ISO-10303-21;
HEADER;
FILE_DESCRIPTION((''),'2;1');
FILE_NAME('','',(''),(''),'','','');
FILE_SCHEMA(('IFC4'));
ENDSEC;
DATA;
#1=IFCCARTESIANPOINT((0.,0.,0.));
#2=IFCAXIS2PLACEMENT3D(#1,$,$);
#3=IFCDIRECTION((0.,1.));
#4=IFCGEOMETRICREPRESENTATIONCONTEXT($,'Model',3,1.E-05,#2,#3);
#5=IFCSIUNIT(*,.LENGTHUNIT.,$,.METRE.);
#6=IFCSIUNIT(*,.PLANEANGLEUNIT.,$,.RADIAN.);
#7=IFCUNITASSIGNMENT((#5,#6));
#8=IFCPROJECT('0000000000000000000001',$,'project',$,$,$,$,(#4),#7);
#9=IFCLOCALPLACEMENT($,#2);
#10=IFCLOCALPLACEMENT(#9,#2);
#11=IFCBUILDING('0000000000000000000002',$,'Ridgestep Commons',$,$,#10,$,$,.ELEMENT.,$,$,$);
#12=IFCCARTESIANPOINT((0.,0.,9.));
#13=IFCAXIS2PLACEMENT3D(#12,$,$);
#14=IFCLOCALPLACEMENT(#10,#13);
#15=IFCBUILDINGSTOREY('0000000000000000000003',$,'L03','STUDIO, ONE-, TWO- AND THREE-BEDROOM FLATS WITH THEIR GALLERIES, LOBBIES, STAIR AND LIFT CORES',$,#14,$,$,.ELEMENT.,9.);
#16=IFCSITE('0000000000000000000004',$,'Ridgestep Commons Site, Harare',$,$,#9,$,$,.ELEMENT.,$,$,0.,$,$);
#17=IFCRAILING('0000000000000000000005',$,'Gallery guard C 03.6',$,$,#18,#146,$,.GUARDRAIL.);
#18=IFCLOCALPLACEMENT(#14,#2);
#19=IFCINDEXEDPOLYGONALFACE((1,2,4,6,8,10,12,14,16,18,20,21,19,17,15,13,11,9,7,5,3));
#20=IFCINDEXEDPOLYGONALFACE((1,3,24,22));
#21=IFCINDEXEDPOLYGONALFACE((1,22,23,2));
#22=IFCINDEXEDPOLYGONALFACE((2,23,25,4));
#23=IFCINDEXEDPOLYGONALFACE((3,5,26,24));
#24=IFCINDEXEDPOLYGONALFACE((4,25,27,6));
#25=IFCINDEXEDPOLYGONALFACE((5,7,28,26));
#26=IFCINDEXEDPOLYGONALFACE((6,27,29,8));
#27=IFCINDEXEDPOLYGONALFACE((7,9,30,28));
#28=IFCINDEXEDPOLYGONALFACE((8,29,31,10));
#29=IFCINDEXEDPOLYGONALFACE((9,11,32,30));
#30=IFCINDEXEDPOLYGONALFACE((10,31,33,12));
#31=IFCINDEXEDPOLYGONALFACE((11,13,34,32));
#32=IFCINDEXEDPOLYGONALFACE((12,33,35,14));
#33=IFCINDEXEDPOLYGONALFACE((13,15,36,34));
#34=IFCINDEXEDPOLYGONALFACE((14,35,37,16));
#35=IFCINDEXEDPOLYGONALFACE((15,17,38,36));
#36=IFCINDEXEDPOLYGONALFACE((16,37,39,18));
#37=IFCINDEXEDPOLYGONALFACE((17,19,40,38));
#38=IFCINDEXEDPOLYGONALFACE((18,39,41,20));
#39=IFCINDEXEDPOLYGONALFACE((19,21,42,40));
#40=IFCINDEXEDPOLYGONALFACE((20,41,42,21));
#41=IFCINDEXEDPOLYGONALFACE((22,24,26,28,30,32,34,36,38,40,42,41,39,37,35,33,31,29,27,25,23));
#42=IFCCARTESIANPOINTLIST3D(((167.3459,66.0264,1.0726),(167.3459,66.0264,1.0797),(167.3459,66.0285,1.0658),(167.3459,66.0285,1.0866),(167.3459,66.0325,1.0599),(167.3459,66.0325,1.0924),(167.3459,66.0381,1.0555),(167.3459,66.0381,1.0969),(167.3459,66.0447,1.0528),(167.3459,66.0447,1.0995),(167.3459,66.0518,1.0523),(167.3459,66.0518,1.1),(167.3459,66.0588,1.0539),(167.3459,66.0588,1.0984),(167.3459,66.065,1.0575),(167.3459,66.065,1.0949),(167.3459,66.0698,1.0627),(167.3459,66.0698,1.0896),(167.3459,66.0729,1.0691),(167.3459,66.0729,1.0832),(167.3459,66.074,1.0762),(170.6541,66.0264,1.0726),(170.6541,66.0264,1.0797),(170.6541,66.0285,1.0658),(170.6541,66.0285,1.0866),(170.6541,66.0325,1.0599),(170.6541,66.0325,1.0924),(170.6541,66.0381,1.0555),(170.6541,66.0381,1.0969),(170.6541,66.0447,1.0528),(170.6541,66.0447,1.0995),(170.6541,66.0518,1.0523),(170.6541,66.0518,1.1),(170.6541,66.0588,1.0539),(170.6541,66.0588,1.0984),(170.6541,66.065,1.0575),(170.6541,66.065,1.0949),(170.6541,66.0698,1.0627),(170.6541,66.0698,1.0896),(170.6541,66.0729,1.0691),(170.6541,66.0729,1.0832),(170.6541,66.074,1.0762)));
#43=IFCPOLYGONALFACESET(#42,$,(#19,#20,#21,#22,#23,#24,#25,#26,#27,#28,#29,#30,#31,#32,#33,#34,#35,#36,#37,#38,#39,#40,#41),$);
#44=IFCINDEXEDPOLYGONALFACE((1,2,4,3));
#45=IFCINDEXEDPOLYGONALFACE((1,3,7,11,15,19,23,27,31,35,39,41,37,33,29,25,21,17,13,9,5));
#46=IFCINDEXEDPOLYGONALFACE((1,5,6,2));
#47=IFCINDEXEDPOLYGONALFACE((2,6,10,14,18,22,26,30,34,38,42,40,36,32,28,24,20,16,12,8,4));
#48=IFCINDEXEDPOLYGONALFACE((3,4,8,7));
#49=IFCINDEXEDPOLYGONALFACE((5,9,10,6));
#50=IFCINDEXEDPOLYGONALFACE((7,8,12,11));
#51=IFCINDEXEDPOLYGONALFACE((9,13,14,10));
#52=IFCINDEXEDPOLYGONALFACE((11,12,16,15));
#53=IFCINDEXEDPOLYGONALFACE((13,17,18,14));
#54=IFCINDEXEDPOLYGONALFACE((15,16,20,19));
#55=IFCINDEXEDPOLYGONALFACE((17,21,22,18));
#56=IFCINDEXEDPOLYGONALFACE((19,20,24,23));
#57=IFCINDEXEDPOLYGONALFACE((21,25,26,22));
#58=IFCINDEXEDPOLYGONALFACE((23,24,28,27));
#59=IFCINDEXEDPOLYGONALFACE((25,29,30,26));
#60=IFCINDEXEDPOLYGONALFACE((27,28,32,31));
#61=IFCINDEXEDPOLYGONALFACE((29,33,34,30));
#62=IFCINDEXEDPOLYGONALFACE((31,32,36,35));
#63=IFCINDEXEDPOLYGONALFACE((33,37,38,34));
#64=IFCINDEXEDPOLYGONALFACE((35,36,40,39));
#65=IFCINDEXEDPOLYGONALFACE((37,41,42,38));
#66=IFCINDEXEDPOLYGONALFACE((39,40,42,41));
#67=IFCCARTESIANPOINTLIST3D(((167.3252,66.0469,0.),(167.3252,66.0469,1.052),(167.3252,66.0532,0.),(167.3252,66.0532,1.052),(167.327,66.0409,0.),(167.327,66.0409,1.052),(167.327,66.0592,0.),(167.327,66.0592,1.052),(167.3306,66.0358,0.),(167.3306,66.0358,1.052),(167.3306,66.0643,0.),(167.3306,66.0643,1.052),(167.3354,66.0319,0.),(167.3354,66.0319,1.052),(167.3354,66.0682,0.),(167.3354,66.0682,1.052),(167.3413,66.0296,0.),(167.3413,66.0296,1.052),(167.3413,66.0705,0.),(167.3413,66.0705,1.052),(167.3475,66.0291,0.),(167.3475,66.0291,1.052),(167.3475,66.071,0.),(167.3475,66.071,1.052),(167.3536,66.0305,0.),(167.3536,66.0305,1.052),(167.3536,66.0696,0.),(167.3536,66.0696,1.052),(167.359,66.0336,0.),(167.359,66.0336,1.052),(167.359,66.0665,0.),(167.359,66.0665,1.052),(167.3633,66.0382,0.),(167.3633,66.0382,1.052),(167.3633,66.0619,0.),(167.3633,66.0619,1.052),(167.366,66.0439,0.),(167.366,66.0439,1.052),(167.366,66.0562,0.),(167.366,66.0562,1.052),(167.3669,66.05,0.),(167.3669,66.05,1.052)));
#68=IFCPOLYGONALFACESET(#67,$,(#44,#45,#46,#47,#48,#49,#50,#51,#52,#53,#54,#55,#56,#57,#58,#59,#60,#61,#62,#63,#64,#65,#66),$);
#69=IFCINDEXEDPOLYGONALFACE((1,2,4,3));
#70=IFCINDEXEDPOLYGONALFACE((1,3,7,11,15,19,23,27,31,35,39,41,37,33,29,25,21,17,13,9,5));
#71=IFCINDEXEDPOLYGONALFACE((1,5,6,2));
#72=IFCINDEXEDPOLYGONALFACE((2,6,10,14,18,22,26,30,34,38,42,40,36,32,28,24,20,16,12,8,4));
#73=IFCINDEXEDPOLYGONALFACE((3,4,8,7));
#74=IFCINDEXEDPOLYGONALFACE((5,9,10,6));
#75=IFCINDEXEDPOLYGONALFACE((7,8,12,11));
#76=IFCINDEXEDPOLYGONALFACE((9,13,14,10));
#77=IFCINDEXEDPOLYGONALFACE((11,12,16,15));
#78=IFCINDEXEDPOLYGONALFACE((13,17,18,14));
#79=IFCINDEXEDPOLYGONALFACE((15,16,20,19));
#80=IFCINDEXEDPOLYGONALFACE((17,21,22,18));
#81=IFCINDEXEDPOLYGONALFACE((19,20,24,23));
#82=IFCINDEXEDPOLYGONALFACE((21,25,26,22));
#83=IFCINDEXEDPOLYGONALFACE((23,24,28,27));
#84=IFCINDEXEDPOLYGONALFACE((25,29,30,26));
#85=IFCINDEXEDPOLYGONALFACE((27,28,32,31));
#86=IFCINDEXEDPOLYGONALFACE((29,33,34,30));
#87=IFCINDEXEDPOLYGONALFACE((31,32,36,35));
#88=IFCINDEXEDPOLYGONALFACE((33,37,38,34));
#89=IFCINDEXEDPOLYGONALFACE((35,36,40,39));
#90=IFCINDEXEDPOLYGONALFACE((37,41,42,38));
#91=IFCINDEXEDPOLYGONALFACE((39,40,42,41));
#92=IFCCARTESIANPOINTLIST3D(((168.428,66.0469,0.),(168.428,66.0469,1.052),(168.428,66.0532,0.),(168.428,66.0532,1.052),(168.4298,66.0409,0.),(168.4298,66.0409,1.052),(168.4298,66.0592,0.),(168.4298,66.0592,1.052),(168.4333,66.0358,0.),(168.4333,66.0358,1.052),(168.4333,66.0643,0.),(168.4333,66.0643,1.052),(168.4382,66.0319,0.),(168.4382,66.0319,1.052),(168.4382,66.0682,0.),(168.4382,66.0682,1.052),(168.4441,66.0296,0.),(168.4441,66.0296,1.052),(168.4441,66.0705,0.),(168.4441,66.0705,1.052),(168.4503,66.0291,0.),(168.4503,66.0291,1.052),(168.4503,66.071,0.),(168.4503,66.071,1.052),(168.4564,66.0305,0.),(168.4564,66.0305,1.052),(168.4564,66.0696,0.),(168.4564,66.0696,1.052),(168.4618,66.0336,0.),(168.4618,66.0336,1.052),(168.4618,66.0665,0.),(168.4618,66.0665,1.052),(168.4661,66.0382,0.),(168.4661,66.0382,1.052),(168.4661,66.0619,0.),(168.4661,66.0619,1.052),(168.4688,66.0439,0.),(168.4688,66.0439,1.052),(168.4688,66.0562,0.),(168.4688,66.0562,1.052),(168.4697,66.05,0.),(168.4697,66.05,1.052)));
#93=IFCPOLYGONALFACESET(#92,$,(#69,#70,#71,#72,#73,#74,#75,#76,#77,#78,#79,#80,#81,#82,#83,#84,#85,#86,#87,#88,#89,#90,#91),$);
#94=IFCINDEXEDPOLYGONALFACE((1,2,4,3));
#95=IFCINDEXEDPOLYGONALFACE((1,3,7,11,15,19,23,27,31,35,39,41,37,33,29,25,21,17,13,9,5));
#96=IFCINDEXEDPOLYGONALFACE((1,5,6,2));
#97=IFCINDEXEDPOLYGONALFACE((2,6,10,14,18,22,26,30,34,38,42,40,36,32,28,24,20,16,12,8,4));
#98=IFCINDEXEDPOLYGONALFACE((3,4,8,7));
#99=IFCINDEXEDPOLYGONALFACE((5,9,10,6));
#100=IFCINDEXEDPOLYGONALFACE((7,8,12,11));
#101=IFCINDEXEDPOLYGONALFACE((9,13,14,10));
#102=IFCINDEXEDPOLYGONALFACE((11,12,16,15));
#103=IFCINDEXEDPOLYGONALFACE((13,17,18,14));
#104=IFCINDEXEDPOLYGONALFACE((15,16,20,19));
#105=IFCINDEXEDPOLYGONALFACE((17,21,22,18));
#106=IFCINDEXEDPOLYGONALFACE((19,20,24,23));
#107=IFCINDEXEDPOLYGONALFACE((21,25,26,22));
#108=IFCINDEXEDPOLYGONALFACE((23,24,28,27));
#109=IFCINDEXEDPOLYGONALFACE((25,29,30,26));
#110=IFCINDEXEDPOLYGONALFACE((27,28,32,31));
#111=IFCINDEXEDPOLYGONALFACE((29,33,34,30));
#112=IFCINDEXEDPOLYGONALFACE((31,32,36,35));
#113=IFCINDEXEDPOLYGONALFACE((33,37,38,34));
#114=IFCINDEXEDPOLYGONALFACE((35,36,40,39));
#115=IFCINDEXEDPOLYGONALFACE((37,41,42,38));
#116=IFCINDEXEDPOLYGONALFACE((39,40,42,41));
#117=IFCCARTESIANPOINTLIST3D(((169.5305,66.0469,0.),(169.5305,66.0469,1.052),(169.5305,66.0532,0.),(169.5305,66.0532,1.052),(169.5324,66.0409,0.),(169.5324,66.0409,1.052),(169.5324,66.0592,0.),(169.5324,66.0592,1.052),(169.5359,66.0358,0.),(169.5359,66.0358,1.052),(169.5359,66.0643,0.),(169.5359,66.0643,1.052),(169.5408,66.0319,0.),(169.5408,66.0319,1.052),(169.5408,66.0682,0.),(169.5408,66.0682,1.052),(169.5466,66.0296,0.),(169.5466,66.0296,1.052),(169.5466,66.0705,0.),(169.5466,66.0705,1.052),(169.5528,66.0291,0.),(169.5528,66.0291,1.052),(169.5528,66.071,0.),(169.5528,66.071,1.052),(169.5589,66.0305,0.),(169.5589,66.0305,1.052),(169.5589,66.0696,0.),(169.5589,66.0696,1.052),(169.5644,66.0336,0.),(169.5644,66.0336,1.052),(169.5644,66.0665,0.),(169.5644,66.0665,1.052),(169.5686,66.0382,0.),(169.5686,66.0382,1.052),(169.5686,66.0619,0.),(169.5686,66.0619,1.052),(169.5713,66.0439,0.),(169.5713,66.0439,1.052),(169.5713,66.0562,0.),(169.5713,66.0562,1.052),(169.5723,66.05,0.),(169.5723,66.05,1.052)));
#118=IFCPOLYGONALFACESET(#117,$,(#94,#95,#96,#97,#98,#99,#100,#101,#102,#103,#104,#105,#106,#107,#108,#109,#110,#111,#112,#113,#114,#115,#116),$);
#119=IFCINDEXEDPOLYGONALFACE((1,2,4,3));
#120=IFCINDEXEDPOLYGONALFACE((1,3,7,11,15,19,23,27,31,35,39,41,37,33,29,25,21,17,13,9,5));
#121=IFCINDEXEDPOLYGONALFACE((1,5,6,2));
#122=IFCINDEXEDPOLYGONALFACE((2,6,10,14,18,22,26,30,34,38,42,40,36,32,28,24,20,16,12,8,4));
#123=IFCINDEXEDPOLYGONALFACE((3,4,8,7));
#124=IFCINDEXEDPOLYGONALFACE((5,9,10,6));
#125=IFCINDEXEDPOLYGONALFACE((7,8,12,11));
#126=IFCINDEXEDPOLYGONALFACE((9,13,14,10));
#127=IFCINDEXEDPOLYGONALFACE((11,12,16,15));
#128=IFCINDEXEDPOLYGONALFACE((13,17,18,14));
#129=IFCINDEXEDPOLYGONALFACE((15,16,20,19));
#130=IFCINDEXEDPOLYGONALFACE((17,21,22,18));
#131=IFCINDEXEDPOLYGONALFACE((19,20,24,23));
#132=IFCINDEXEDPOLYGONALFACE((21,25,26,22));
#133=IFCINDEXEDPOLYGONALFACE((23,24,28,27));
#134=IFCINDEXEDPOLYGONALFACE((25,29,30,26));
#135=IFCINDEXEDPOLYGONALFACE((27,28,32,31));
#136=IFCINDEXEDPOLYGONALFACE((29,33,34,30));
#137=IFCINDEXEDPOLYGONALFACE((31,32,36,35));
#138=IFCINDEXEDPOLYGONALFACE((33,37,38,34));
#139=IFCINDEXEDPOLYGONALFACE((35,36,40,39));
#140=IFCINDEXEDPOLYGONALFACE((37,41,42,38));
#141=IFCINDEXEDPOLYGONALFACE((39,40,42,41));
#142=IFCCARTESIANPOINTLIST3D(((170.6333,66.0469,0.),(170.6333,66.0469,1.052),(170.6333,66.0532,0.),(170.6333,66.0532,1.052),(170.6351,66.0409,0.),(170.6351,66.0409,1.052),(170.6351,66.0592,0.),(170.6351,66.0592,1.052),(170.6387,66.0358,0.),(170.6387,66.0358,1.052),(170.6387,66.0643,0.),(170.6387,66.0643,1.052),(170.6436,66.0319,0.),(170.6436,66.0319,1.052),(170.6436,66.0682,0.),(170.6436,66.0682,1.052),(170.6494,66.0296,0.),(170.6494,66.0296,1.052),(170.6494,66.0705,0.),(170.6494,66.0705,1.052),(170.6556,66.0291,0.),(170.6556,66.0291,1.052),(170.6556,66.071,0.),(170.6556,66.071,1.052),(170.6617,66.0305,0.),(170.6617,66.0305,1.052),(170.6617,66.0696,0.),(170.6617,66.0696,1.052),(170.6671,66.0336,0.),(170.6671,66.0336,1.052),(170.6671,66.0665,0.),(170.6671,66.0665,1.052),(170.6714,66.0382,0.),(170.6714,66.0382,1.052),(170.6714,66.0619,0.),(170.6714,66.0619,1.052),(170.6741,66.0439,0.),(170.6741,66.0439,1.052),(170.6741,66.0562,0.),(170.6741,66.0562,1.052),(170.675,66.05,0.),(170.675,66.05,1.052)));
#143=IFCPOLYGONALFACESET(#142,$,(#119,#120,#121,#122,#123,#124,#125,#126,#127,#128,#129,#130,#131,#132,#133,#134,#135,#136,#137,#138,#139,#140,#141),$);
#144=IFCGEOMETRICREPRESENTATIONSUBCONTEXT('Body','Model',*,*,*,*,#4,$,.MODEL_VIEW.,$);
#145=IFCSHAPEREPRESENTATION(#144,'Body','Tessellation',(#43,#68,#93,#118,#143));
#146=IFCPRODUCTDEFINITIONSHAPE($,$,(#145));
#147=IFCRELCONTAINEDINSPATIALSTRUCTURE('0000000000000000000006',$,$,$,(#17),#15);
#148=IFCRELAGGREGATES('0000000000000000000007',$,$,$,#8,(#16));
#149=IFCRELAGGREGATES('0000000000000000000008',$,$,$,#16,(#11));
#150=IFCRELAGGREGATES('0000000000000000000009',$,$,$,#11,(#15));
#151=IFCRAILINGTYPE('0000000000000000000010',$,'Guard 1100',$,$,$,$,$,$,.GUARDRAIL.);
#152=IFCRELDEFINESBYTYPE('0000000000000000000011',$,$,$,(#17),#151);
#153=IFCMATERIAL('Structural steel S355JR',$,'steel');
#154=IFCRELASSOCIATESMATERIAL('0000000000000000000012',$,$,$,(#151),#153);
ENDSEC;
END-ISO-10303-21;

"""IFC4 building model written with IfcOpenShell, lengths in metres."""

from ifc_helpers import new_model, si_unit, direction, frame, origin, origin_2d, place, context, subcontext, project, spatial, circle, extrude, material, type_object, element, save


model = new_model("IFC4")

# Units and contexts
model_context = context("Model", 3, precision=1e-05, world=origin(), true_north=direction((0.0, 1.0)))
body_context = subcontext(model_context, "Body", "Model", "MODEL_VIEW")
ifc_project = project(units=[si_unit("LENGTHUNIT", "METRE"), si_unit("PLANEANGLEUNIT", "RADIAN")], contexts=[model_context])

# Site, building, storey
site_placement = place(None, origin())
site = spatial("IfcSite", under=ifc_project, at=site_placement, Name="Ridgestep Commons Site, Harare", CompositionType="ELEMENT", RefElevation=0.0)
building_placement = place(site_placement, origin())
building = spatial("IfcBuilding", under=site, at=building_placement, Name="Ridgestep Commons", CompositionType="ELEMENT")
storey_placement = place(building_placement, frame((0.0, 0.0, 9.0)))
storey = spatial("IfcBuildingStorey", under=building, at=storey_placement, Name="L03", Description="STUDIO, ONE-, TWO- AND THREE-BEDROOM FLATS WITH THEIR GALLERIES, LOBBIES, STAIR AND LIFT CORES", CompositionType="ELEMENT", Elevation=9.0)

# Railing
ifc_material_1 = material(Name="Structural steel S355JR", Category="steel")
railing_type = type_object("IfcRailingType", Name="Guard 1100", PredefinedType="GUARDRAIL", material=ifc_material_1)
railing_1_placement = place(storey_placement, frame((167.3459, 66.05, 0.0)))
element("IfcRailing", 1, at=railing_1_placement, inside=storey, type_object=railing_type, Name="Gallery guard C 03.6", PredefinedType="GUARDRAIL", context=body_context, shape_type="SweptSolid", body=[
    extrude(circle(Radius=0.0239, at=origin_2d()), frame((0.0, 0.0, 1.0762), z_axis=(1.0, 0.0, 0.0), x_axis=(0.0, 1.0, 0.0)), (0.0, 0.0, 1.0), 3.3081),
    extrude(circle(Radius=0.021, at=origin_2d()), origin(), (0.0, 0.0, 1.0), 1.052),
    extrude(circle(Radius=0.021, at=origin_2d()), frame((1.1028, 0.0, 0.0)), (0.0, 0.0, 1.0), 1.052),
    extrude(circle(Radius=0.021, at=origin_2d()), frame((2.2053, 0.0, 0.0)), (0.0, 0.0, 1.0), 1.052),
    extrude(circle(Radius=0.021, at=origin_2d()), frame((3.3081, 0.0, 0.0)), (0.0, 0.0, 1.0), 1.052),
])

save(model, "model.ifc")
